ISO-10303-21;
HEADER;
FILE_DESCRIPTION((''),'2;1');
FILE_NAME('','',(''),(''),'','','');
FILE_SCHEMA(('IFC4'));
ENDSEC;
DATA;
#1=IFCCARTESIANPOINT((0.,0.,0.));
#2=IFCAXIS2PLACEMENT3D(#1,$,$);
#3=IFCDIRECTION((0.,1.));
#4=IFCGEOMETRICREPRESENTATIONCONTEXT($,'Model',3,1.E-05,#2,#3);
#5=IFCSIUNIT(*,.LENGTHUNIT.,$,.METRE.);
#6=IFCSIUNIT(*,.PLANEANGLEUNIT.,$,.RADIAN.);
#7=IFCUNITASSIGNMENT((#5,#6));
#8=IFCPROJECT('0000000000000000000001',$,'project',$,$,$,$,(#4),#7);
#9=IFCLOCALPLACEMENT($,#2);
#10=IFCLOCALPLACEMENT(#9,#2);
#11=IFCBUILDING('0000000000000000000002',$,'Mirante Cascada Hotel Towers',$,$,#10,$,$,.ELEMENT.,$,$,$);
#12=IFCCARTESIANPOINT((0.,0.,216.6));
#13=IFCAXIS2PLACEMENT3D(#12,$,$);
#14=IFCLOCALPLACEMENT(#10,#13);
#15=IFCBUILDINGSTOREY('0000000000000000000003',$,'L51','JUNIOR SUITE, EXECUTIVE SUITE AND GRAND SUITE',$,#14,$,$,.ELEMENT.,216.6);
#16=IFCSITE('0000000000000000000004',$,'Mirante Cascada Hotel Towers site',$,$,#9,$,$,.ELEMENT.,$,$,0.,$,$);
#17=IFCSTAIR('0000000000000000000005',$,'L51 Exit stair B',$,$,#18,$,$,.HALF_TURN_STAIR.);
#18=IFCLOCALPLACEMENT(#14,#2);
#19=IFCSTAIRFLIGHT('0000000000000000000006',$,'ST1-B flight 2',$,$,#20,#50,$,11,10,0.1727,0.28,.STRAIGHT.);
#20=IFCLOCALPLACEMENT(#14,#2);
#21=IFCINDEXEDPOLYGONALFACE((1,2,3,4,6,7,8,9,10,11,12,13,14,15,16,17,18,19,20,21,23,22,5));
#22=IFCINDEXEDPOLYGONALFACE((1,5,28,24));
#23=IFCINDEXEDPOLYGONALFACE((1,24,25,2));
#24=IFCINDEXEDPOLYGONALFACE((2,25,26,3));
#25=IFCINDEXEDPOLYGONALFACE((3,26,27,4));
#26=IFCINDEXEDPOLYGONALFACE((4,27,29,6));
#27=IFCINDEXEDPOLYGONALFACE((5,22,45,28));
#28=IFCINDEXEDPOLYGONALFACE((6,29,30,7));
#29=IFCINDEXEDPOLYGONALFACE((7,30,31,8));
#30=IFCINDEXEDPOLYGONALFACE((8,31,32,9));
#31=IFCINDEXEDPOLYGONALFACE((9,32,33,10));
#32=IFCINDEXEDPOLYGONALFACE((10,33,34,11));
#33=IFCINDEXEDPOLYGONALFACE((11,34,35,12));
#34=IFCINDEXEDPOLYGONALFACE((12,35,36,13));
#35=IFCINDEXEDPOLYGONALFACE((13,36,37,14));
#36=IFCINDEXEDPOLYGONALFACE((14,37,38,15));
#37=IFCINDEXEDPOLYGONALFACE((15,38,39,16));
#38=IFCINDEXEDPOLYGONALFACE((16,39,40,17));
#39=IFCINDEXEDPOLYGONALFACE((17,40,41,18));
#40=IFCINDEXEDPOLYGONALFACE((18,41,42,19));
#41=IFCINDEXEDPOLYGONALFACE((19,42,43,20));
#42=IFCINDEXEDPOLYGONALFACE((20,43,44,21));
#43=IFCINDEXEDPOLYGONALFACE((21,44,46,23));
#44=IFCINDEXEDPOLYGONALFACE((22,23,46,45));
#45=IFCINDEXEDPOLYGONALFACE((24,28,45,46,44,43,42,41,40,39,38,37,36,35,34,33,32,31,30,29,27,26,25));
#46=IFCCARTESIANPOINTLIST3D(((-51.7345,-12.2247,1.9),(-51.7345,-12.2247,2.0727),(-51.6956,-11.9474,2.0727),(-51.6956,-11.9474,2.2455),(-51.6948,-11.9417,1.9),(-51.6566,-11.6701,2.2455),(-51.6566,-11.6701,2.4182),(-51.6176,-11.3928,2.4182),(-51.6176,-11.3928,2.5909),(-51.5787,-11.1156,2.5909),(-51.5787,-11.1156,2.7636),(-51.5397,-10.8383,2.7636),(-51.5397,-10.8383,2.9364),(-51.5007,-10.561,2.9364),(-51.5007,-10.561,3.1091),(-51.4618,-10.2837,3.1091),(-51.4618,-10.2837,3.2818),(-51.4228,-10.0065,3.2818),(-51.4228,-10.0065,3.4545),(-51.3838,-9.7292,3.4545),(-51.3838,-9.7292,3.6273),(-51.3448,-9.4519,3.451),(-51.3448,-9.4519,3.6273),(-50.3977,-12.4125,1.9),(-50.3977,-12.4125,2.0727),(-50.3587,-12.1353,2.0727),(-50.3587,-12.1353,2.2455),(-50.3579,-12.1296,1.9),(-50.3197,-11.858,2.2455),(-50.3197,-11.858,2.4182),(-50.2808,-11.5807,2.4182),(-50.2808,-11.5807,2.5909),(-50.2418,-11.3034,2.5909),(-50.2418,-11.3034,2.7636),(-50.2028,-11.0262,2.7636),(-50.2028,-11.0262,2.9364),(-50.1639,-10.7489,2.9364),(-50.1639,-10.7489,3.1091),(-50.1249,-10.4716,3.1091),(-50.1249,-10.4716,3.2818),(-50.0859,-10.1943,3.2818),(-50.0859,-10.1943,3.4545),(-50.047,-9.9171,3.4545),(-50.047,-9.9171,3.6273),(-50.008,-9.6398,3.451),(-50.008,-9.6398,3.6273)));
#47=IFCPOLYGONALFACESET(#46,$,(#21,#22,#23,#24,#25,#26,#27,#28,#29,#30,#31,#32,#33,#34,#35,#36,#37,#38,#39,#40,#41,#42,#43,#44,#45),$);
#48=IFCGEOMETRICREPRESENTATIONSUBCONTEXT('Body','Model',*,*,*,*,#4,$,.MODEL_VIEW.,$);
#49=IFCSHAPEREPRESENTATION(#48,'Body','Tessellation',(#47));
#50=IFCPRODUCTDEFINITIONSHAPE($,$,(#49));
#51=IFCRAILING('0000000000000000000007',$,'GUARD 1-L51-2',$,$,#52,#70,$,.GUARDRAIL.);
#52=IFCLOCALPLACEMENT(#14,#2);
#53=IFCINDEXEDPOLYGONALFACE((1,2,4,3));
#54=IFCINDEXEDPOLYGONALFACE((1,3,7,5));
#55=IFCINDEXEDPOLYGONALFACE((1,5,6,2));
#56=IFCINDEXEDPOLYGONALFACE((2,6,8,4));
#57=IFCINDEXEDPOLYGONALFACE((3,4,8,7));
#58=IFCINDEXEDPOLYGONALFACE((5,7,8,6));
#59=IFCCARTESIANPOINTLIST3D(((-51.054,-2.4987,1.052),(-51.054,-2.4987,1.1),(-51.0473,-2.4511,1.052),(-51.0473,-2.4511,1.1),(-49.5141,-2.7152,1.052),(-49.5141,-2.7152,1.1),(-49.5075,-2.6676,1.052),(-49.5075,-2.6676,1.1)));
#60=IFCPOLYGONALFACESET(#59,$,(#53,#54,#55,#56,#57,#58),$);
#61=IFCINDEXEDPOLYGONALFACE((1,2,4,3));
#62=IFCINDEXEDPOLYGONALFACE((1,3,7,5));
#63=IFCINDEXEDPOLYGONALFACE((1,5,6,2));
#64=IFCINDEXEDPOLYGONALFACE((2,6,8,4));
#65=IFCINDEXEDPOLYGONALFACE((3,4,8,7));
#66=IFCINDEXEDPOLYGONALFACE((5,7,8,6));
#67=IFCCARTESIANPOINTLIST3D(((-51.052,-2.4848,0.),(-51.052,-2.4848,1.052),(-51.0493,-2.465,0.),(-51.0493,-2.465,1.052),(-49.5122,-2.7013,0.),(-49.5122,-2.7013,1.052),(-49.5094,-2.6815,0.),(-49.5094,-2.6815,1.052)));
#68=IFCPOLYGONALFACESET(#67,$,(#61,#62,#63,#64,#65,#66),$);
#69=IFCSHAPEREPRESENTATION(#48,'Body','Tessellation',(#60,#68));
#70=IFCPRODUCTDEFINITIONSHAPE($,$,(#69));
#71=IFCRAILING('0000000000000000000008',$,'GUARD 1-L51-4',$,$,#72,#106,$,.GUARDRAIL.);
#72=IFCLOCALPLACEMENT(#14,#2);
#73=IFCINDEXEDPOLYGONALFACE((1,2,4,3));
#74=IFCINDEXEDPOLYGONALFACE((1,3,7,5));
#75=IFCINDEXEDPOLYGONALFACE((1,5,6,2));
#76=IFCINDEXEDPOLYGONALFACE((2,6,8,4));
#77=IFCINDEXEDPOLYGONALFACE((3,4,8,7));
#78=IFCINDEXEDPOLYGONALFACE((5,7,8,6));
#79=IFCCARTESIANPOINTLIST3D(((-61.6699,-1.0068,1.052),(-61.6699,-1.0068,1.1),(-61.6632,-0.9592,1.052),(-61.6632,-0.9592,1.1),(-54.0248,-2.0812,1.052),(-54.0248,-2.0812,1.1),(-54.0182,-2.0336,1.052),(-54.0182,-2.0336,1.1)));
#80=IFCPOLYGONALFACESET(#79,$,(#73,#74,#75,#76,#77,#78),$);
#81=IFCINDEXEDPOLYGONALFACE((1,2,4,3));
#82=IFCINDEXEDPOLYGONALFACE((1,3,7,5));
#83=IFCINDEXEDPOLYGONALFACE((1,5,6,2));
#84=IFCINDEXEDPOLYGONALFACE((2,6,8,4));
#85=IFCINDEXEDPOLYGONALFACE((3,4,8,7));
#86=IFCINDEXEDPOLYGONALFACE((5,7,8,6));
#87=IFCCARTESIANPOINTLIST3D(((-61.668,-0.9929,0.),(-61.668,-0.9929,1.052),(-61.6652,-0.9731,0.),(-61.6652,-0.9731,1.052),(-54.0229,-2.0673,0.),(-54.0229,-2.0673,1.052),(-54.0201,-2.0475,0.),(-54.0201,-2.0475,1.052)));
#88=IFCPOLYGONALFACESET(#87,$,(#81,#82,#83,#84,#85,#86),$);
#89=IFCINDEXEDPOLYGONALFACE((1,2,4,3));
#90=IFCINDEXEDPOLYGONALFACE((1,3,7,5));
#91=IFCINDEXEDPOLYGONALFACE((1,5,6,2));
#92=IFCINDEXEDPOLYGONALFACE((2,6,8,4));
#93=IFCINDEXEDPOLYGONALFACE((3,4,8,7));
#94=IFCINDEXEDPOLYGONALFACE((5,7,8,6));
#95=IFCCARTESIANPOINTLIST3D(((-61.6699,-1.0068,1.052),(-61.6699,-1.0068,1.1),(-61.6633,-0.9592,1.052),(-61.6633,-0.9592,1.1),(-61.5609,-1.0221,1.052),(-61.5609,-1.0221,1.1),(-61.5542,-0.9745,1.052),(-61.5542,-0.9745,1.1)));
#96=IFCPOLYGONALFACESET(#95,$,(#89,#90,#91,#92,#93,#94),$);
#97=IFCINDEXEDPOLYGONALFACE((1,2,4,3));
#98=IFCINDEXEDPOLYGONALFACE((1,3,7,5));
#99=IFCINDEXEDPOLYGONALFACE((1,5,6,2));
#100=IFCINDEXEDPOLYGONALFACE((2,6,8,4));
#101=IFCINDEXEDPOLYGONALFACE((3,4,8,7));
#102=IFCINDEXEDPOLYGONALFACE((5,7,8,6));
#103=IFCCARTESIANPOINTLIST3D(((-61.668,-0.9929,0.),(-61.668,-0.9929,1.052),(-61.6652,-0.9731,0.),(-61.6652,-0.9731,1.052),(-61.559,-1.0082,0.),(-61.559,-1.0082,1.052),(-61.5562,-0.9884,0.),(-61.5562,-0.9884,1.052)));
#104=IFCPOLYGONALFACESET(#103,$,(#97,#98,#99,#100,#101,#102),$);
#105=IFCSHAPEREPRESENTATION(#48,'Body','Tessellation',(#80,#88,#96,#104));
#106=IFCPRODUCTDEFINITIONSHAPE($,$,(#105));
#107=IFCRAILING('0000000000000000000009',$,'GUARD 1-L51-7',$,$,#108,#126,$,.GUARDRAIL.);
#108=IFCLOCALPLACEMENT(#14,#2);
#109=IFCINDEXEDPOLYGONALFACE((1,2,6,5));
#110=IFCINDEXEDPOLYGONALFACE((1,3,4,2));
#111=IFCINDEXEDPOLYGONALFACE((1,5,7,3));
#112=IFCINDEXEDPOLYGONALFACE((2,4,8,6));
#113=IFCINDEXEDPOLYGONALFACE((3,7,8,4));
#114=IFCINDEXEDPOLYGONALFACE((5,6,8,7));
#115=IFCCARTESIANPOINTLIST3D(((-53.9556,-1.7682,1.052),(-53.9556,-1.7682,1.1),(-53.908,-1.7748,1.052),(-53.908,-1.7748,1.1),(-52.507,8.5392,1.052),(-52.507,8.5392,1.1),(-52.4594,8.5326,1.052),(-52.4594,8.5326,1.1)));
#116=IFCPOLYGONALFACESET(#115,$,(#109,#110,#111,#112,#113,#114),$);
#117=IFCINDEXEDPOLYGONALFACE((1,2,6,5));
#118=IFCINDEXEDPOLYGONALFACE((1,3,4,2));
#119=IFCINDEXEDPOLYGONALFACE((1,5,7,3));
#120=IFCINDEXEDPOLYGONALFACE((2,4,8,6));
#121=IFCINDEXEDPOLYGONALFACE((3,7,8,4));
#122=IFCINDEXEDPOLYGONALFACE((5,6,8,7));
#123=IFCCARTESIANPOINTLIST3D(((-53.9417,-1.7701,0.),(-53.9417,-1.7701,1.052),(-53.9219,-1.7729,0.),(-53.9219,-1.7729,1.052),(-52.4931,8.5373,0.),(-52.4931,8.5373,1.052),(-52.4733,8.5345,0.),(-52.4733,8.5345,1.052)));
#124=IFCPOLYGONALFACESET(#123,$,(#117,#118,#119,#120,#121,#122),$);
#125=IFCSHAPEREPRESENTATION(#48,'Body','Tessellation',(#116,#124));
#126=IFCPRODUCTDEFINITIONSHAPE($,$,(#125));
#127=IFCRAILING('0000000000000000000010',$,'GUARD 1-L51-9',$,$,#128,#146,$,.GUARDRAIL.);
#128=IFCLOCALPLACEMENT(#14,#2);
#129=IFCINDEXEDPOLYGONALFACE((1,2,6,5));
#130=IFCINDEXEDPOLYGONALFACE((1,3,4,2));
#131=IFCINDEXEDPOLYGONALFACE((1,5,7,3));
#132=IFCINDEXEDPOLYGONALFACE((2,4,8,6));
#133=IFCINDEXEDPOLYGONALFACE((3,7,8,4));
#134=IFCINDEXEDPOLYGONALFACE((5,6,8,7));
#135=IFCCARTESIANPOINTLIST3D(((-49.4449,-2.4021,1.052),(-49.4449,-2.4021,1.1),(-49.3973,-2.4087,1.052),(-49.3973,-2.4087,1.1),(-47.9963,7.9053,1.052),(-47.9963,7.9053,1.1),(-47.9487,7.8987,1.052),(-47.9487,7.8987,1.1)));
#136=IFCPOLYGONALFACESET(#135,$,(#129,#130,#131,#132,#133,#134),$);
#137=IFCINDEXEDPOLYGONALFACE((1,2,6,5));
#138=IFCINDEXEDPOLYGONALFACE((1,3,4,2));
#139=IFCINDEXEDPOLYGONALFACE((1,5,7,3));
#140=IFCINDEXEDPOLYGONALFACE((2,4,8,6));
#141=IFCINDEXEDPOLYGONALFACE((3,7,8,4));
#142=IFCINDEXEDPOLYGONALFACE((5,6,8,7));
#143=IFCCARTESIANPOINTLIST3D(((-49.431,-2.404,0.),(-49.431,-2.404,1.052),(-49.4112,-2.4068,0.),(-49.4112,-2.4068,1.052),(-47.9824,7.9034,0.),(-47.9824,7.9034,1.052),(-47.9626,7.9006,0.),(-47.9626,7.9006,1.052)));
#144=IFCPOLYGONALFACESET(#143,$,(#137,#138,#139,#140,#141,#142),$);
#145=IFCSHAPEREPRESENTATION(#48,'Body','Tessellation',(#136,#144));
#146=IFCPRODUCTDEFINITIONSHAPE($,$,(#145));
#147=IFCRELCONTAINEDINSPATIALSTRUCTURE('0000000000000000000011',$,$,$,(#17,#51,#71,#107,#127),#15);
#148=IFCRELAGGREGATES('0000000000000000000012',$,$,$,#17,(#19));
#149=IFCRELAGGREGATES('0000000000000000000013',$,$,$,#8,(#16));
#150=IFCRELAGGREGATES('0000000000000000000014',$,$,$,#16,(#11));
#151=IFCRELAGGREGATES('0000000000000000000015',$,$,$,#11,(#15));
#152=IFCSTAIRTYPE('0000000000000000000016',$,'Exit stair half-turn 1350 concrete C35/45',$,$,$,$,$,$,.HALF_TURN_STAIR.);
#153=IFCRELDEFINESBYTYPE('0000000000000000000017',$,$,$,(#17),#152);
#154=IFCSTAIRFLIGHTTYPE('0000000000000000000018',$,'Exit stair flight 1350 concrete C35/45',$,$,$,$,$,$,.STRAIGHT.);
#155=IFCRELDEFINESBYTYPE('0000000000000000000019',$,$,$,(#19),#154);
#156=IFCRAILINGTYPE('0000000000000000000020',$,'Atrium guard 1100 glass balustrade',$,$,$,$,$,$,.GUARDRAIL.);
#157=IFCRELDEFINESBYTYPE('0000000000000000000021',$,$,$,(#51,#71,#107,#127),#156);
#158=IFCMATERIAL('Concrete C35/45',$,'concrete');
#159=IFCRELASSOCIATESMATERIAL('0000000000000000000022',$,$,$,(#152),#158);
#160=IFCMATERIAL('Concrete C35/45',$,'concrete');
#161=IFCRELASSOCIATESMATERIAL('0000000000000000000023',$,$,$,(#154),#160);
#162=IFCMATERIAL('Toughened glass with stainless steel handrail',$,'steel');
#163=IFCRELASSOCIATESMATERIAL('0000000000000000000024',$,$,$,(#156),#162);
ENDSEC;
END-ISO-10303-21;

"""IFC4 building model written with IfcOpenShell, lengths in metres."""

from ifc_helpers import new_model, si_unit, direction, frame, origin, origin_2d, place, context, subcontext, project, spatial, polyline, rectangle, outline, extrude, material, type_object, element, aggregate, save


model = new_model("IFC4")

# Units and contexts
model_context = context("Model", 3, precision=1e-05, world=origin(), true_north=direction((0.0, 1.0)))
body_context = subcontext(model_context, "Body", "Model", "MODEL_VIEW")
ifc_project = project(units=[si_unit("LENGTHUNIT", "METRE"), si_unit("PLANEANGLEUNIT", "RADIAN")], contexts=[model_context])

# Site, building, storey
site_placement = place(None, origin())
site = spatial("IfcSite", under=ifc_project, at=site_placement, Name="Mirante Cascada Hotel Towers site", CompositionType="ELEMENT", RefElevation=0.0)
building_placement = place(site_placement, origin())
building = spatial("IfcBuilding", under=site, at=building_placement, Name="Mirante Cascada Hotel Towers", CompositionType="ELEMENT")
storey_placement = place(building_placement, frame((0.0, 0.0, 216.6)))
storey = spatial("IfcBuildingStorey", under=building, at=storey_placement, Name="L51", Description="JUNIOR SUITE, EXECUTIVE SUITE AND GRAND SUITE", CompositionType="ELEMENT", Elevation=216.6)

# Stair, stair flight
ifc_material_1 = material(Name="Concrete C35/45", Category="concrete")
stair_type = type_object("IfcStairType", Name="Exit stair half-turn 1350 concrete C35/45", PredefinedType="HALF_TURN_STAIR", material=ifc_material_1)
stair_placement = place(storey_placement, origin())
stair = element("IfcStair", 1, at=stair_placement, inside=storey, type_object=stair_type, Name="L51 Exit stair B", PredefinedType="HALF_TURN_STAIR")
ifc_material_2 = material(Name="Concrete C35/45", Category="concrete")
stair_flight_type = type_object("IfcStairFlightType", Name="Exit stair flight 1350 concrete C35/45", PredefinedType="STRAIGHT", material=ifc_material_2)
stair_flight_1_placement = place(storey_placement, frame((-51.0661, -12.3186, 1.9), z_axis=(0.0, 0.0, 1.0), x_axis=(0.139173, 0.990268, 0.0)))
stair_flight_1 = element("IfcStairFlight", 2, at=stair_flight_1_placement, type_object=stair_flight_type, Name="ST1-B flight 2", NumberOfRisers=11, NumberOfTreads=10, PredefinedType="STRAIGHT", RiserHeight=0.1727, TreadLength=0.28, context=body_context, shape_type="SweptSolid", body=[
    extrude(outline(polyline([(0.0, 0.0), (0.0, 0.1727), (0.28, 0.1727), (0.28, 0.3455), (0.56, 0.3455), (0.56, 0.5182), (0.84, 0.5182), (0.84, 0.6909), (1.12, 0.6909), (1.12, 0.8636), (1.4, 0.8636), (1.4, 1.0364), (1.68, 1.0364), (1.68, 1.2091), (1.96, 1.2091), (1.96, 1.3818), (2.24, 1.3818), (2.24, 1.5545), (2.52, 1.5545), (2.52, 1.7273), (2.8, 1.7273), (2.8, 1.9), (2.8, 1.551), (0.2857, 0.0), (0.0, 0.0)])), frame((0.0, 0.675, 0.0), z_axis=(0.0, -1.0, 0.0), x_axis=(1.0, 0.0, 0.0)), (0.0, 0.0, 1.0), 1.35),
])
aggregate(stair, [stair_flight_1])

# Railings
ifc_material_3 = material(Name="Toughened glass with stainless steel handrail", Category="steel")
railing_type_1 = type_object("IfcRailingType", Name="Atrium guard 1100 glass balustrade", PredefinedType="GUARDRAIL", material=ifc_material_3)
railing_1_placement = place(storey_placement, frame((-49.5108, -2.6914, 0.0)))
element("IfcRailing", 3, at=railing_1_placement, inside=storey, type_object=railing_type_1, Name="GUARD 1-L51-2", PredefinedType="GUARDRAIL", context=body_context, shape_type="SweptSolid", body=[
    extrude(rectangle(XDim=0.048, YDim=0.048, at=origin_2d()), frame((0.0, 0.0, 1.076), z_axis=(-0.990261, 0.139224, 0.0), x_axis=(-0.139224, -0.990261, 0.0)), (0.0, 0.0, 1.0), 1.555),
    extrude(rectangle(XDim=0.02, YDim=1.052, at=origin_2d()), frame((0.0, 0.0, 0.526), z_axis=(-0.990261, 0.139224, 0.0), x_axis=(-0.139224, -0.990261, 0.0)), (0.0, 0.0, 1.0), 1.555),
])
railing_2_placement = place(storey_placement, frame((-54.0215, -2.0574, 0.0)))
element("IfcRailing", 4, at=railing_2_placement, inside=storey, type_object=railing_type_1, Name="GUARD 1-L51-4", PredefinedType="GUARDRAIL", context=body_context, shape_type="SweptSolid", body=[
    extrude(rectangle(XDim=0.048, YDim=0.048, at=origin_2d()), frame((0.0, 0.0, 1.076), z_axis=(-0.990269, 0.139167, 0.0), x_axis=(-0.139167, -0.990269, 0.0)), (0.0, 0.0, 1.0), 7.7202),
    extrude(rectangle(XDim=0.02, YDim=1.052, at=origin_2d()), frame((0.0, 0.0, 0.526), z_axis=(-0.990269, 0.139167, 0.0), x_axis=(-0.139167, -0.990269, 0.0)), (0.0, 0.0, 1.0), 7.7202),
    extrude(rectangle(XDim=0.048, YDim=0.048, at=origin_2d()), frame((-7.6451, 1.0744, 1.076), z_axis=(0.990292, -0.139004, 0.0), x_axis=(0.139004, 0.990292, 0.0)), (0.0, 0.0, 1.0), 0.1101),
    extrude(rectangle(XDim=0.02, YDim=1.052, at=origin_2d()), frame((-7.6451, 1.0744, 0.526), z_axis=(0.990292, -0.139004, 0.0), x_axis=(0.139004, 0.990292, 0.0)), (0.0, 0.0, 1.0), 0.1101),
])
for number, where, name in (
    (5, (-53.9318, -1.7715, 0.0), "GUARD 1-L51-7"),
    (6, (-49.4211, -2.4054, 0.0), "GUARD 1-L51-9"),
):
    element("IfcRailing", number, at=place(storey_placement, frame(where)), inside=storey, type_object=railing_type_1, Name=name, PredefinedType="GUARDRAIL", context=body_context, shape_type="SweptSolid", body=[
        extrude(rectangle(XDim=0.048, YDim=0.048, at=origin_2d()), frame((0.0, 0.0, 1.076), z_axis=(0.139172, 0.990268, 0.0), x_axis=(-0.990268, 0.139172, 0.0)), (0.0, 0.0, 1.0), 10.4087),
        extrude(rectangle(XDim=0.02, YDim=1.052, at=origin_2d()), frame((0.0, 0.0, 0.526), z_axis=(0.139172, 0.990268, 0.0), x_axis=(-0.990268, 0.139172, 0.0)), (0.0, 0.0, 1.0), 10.4087),
    ])

save(model, "model.ifc")
